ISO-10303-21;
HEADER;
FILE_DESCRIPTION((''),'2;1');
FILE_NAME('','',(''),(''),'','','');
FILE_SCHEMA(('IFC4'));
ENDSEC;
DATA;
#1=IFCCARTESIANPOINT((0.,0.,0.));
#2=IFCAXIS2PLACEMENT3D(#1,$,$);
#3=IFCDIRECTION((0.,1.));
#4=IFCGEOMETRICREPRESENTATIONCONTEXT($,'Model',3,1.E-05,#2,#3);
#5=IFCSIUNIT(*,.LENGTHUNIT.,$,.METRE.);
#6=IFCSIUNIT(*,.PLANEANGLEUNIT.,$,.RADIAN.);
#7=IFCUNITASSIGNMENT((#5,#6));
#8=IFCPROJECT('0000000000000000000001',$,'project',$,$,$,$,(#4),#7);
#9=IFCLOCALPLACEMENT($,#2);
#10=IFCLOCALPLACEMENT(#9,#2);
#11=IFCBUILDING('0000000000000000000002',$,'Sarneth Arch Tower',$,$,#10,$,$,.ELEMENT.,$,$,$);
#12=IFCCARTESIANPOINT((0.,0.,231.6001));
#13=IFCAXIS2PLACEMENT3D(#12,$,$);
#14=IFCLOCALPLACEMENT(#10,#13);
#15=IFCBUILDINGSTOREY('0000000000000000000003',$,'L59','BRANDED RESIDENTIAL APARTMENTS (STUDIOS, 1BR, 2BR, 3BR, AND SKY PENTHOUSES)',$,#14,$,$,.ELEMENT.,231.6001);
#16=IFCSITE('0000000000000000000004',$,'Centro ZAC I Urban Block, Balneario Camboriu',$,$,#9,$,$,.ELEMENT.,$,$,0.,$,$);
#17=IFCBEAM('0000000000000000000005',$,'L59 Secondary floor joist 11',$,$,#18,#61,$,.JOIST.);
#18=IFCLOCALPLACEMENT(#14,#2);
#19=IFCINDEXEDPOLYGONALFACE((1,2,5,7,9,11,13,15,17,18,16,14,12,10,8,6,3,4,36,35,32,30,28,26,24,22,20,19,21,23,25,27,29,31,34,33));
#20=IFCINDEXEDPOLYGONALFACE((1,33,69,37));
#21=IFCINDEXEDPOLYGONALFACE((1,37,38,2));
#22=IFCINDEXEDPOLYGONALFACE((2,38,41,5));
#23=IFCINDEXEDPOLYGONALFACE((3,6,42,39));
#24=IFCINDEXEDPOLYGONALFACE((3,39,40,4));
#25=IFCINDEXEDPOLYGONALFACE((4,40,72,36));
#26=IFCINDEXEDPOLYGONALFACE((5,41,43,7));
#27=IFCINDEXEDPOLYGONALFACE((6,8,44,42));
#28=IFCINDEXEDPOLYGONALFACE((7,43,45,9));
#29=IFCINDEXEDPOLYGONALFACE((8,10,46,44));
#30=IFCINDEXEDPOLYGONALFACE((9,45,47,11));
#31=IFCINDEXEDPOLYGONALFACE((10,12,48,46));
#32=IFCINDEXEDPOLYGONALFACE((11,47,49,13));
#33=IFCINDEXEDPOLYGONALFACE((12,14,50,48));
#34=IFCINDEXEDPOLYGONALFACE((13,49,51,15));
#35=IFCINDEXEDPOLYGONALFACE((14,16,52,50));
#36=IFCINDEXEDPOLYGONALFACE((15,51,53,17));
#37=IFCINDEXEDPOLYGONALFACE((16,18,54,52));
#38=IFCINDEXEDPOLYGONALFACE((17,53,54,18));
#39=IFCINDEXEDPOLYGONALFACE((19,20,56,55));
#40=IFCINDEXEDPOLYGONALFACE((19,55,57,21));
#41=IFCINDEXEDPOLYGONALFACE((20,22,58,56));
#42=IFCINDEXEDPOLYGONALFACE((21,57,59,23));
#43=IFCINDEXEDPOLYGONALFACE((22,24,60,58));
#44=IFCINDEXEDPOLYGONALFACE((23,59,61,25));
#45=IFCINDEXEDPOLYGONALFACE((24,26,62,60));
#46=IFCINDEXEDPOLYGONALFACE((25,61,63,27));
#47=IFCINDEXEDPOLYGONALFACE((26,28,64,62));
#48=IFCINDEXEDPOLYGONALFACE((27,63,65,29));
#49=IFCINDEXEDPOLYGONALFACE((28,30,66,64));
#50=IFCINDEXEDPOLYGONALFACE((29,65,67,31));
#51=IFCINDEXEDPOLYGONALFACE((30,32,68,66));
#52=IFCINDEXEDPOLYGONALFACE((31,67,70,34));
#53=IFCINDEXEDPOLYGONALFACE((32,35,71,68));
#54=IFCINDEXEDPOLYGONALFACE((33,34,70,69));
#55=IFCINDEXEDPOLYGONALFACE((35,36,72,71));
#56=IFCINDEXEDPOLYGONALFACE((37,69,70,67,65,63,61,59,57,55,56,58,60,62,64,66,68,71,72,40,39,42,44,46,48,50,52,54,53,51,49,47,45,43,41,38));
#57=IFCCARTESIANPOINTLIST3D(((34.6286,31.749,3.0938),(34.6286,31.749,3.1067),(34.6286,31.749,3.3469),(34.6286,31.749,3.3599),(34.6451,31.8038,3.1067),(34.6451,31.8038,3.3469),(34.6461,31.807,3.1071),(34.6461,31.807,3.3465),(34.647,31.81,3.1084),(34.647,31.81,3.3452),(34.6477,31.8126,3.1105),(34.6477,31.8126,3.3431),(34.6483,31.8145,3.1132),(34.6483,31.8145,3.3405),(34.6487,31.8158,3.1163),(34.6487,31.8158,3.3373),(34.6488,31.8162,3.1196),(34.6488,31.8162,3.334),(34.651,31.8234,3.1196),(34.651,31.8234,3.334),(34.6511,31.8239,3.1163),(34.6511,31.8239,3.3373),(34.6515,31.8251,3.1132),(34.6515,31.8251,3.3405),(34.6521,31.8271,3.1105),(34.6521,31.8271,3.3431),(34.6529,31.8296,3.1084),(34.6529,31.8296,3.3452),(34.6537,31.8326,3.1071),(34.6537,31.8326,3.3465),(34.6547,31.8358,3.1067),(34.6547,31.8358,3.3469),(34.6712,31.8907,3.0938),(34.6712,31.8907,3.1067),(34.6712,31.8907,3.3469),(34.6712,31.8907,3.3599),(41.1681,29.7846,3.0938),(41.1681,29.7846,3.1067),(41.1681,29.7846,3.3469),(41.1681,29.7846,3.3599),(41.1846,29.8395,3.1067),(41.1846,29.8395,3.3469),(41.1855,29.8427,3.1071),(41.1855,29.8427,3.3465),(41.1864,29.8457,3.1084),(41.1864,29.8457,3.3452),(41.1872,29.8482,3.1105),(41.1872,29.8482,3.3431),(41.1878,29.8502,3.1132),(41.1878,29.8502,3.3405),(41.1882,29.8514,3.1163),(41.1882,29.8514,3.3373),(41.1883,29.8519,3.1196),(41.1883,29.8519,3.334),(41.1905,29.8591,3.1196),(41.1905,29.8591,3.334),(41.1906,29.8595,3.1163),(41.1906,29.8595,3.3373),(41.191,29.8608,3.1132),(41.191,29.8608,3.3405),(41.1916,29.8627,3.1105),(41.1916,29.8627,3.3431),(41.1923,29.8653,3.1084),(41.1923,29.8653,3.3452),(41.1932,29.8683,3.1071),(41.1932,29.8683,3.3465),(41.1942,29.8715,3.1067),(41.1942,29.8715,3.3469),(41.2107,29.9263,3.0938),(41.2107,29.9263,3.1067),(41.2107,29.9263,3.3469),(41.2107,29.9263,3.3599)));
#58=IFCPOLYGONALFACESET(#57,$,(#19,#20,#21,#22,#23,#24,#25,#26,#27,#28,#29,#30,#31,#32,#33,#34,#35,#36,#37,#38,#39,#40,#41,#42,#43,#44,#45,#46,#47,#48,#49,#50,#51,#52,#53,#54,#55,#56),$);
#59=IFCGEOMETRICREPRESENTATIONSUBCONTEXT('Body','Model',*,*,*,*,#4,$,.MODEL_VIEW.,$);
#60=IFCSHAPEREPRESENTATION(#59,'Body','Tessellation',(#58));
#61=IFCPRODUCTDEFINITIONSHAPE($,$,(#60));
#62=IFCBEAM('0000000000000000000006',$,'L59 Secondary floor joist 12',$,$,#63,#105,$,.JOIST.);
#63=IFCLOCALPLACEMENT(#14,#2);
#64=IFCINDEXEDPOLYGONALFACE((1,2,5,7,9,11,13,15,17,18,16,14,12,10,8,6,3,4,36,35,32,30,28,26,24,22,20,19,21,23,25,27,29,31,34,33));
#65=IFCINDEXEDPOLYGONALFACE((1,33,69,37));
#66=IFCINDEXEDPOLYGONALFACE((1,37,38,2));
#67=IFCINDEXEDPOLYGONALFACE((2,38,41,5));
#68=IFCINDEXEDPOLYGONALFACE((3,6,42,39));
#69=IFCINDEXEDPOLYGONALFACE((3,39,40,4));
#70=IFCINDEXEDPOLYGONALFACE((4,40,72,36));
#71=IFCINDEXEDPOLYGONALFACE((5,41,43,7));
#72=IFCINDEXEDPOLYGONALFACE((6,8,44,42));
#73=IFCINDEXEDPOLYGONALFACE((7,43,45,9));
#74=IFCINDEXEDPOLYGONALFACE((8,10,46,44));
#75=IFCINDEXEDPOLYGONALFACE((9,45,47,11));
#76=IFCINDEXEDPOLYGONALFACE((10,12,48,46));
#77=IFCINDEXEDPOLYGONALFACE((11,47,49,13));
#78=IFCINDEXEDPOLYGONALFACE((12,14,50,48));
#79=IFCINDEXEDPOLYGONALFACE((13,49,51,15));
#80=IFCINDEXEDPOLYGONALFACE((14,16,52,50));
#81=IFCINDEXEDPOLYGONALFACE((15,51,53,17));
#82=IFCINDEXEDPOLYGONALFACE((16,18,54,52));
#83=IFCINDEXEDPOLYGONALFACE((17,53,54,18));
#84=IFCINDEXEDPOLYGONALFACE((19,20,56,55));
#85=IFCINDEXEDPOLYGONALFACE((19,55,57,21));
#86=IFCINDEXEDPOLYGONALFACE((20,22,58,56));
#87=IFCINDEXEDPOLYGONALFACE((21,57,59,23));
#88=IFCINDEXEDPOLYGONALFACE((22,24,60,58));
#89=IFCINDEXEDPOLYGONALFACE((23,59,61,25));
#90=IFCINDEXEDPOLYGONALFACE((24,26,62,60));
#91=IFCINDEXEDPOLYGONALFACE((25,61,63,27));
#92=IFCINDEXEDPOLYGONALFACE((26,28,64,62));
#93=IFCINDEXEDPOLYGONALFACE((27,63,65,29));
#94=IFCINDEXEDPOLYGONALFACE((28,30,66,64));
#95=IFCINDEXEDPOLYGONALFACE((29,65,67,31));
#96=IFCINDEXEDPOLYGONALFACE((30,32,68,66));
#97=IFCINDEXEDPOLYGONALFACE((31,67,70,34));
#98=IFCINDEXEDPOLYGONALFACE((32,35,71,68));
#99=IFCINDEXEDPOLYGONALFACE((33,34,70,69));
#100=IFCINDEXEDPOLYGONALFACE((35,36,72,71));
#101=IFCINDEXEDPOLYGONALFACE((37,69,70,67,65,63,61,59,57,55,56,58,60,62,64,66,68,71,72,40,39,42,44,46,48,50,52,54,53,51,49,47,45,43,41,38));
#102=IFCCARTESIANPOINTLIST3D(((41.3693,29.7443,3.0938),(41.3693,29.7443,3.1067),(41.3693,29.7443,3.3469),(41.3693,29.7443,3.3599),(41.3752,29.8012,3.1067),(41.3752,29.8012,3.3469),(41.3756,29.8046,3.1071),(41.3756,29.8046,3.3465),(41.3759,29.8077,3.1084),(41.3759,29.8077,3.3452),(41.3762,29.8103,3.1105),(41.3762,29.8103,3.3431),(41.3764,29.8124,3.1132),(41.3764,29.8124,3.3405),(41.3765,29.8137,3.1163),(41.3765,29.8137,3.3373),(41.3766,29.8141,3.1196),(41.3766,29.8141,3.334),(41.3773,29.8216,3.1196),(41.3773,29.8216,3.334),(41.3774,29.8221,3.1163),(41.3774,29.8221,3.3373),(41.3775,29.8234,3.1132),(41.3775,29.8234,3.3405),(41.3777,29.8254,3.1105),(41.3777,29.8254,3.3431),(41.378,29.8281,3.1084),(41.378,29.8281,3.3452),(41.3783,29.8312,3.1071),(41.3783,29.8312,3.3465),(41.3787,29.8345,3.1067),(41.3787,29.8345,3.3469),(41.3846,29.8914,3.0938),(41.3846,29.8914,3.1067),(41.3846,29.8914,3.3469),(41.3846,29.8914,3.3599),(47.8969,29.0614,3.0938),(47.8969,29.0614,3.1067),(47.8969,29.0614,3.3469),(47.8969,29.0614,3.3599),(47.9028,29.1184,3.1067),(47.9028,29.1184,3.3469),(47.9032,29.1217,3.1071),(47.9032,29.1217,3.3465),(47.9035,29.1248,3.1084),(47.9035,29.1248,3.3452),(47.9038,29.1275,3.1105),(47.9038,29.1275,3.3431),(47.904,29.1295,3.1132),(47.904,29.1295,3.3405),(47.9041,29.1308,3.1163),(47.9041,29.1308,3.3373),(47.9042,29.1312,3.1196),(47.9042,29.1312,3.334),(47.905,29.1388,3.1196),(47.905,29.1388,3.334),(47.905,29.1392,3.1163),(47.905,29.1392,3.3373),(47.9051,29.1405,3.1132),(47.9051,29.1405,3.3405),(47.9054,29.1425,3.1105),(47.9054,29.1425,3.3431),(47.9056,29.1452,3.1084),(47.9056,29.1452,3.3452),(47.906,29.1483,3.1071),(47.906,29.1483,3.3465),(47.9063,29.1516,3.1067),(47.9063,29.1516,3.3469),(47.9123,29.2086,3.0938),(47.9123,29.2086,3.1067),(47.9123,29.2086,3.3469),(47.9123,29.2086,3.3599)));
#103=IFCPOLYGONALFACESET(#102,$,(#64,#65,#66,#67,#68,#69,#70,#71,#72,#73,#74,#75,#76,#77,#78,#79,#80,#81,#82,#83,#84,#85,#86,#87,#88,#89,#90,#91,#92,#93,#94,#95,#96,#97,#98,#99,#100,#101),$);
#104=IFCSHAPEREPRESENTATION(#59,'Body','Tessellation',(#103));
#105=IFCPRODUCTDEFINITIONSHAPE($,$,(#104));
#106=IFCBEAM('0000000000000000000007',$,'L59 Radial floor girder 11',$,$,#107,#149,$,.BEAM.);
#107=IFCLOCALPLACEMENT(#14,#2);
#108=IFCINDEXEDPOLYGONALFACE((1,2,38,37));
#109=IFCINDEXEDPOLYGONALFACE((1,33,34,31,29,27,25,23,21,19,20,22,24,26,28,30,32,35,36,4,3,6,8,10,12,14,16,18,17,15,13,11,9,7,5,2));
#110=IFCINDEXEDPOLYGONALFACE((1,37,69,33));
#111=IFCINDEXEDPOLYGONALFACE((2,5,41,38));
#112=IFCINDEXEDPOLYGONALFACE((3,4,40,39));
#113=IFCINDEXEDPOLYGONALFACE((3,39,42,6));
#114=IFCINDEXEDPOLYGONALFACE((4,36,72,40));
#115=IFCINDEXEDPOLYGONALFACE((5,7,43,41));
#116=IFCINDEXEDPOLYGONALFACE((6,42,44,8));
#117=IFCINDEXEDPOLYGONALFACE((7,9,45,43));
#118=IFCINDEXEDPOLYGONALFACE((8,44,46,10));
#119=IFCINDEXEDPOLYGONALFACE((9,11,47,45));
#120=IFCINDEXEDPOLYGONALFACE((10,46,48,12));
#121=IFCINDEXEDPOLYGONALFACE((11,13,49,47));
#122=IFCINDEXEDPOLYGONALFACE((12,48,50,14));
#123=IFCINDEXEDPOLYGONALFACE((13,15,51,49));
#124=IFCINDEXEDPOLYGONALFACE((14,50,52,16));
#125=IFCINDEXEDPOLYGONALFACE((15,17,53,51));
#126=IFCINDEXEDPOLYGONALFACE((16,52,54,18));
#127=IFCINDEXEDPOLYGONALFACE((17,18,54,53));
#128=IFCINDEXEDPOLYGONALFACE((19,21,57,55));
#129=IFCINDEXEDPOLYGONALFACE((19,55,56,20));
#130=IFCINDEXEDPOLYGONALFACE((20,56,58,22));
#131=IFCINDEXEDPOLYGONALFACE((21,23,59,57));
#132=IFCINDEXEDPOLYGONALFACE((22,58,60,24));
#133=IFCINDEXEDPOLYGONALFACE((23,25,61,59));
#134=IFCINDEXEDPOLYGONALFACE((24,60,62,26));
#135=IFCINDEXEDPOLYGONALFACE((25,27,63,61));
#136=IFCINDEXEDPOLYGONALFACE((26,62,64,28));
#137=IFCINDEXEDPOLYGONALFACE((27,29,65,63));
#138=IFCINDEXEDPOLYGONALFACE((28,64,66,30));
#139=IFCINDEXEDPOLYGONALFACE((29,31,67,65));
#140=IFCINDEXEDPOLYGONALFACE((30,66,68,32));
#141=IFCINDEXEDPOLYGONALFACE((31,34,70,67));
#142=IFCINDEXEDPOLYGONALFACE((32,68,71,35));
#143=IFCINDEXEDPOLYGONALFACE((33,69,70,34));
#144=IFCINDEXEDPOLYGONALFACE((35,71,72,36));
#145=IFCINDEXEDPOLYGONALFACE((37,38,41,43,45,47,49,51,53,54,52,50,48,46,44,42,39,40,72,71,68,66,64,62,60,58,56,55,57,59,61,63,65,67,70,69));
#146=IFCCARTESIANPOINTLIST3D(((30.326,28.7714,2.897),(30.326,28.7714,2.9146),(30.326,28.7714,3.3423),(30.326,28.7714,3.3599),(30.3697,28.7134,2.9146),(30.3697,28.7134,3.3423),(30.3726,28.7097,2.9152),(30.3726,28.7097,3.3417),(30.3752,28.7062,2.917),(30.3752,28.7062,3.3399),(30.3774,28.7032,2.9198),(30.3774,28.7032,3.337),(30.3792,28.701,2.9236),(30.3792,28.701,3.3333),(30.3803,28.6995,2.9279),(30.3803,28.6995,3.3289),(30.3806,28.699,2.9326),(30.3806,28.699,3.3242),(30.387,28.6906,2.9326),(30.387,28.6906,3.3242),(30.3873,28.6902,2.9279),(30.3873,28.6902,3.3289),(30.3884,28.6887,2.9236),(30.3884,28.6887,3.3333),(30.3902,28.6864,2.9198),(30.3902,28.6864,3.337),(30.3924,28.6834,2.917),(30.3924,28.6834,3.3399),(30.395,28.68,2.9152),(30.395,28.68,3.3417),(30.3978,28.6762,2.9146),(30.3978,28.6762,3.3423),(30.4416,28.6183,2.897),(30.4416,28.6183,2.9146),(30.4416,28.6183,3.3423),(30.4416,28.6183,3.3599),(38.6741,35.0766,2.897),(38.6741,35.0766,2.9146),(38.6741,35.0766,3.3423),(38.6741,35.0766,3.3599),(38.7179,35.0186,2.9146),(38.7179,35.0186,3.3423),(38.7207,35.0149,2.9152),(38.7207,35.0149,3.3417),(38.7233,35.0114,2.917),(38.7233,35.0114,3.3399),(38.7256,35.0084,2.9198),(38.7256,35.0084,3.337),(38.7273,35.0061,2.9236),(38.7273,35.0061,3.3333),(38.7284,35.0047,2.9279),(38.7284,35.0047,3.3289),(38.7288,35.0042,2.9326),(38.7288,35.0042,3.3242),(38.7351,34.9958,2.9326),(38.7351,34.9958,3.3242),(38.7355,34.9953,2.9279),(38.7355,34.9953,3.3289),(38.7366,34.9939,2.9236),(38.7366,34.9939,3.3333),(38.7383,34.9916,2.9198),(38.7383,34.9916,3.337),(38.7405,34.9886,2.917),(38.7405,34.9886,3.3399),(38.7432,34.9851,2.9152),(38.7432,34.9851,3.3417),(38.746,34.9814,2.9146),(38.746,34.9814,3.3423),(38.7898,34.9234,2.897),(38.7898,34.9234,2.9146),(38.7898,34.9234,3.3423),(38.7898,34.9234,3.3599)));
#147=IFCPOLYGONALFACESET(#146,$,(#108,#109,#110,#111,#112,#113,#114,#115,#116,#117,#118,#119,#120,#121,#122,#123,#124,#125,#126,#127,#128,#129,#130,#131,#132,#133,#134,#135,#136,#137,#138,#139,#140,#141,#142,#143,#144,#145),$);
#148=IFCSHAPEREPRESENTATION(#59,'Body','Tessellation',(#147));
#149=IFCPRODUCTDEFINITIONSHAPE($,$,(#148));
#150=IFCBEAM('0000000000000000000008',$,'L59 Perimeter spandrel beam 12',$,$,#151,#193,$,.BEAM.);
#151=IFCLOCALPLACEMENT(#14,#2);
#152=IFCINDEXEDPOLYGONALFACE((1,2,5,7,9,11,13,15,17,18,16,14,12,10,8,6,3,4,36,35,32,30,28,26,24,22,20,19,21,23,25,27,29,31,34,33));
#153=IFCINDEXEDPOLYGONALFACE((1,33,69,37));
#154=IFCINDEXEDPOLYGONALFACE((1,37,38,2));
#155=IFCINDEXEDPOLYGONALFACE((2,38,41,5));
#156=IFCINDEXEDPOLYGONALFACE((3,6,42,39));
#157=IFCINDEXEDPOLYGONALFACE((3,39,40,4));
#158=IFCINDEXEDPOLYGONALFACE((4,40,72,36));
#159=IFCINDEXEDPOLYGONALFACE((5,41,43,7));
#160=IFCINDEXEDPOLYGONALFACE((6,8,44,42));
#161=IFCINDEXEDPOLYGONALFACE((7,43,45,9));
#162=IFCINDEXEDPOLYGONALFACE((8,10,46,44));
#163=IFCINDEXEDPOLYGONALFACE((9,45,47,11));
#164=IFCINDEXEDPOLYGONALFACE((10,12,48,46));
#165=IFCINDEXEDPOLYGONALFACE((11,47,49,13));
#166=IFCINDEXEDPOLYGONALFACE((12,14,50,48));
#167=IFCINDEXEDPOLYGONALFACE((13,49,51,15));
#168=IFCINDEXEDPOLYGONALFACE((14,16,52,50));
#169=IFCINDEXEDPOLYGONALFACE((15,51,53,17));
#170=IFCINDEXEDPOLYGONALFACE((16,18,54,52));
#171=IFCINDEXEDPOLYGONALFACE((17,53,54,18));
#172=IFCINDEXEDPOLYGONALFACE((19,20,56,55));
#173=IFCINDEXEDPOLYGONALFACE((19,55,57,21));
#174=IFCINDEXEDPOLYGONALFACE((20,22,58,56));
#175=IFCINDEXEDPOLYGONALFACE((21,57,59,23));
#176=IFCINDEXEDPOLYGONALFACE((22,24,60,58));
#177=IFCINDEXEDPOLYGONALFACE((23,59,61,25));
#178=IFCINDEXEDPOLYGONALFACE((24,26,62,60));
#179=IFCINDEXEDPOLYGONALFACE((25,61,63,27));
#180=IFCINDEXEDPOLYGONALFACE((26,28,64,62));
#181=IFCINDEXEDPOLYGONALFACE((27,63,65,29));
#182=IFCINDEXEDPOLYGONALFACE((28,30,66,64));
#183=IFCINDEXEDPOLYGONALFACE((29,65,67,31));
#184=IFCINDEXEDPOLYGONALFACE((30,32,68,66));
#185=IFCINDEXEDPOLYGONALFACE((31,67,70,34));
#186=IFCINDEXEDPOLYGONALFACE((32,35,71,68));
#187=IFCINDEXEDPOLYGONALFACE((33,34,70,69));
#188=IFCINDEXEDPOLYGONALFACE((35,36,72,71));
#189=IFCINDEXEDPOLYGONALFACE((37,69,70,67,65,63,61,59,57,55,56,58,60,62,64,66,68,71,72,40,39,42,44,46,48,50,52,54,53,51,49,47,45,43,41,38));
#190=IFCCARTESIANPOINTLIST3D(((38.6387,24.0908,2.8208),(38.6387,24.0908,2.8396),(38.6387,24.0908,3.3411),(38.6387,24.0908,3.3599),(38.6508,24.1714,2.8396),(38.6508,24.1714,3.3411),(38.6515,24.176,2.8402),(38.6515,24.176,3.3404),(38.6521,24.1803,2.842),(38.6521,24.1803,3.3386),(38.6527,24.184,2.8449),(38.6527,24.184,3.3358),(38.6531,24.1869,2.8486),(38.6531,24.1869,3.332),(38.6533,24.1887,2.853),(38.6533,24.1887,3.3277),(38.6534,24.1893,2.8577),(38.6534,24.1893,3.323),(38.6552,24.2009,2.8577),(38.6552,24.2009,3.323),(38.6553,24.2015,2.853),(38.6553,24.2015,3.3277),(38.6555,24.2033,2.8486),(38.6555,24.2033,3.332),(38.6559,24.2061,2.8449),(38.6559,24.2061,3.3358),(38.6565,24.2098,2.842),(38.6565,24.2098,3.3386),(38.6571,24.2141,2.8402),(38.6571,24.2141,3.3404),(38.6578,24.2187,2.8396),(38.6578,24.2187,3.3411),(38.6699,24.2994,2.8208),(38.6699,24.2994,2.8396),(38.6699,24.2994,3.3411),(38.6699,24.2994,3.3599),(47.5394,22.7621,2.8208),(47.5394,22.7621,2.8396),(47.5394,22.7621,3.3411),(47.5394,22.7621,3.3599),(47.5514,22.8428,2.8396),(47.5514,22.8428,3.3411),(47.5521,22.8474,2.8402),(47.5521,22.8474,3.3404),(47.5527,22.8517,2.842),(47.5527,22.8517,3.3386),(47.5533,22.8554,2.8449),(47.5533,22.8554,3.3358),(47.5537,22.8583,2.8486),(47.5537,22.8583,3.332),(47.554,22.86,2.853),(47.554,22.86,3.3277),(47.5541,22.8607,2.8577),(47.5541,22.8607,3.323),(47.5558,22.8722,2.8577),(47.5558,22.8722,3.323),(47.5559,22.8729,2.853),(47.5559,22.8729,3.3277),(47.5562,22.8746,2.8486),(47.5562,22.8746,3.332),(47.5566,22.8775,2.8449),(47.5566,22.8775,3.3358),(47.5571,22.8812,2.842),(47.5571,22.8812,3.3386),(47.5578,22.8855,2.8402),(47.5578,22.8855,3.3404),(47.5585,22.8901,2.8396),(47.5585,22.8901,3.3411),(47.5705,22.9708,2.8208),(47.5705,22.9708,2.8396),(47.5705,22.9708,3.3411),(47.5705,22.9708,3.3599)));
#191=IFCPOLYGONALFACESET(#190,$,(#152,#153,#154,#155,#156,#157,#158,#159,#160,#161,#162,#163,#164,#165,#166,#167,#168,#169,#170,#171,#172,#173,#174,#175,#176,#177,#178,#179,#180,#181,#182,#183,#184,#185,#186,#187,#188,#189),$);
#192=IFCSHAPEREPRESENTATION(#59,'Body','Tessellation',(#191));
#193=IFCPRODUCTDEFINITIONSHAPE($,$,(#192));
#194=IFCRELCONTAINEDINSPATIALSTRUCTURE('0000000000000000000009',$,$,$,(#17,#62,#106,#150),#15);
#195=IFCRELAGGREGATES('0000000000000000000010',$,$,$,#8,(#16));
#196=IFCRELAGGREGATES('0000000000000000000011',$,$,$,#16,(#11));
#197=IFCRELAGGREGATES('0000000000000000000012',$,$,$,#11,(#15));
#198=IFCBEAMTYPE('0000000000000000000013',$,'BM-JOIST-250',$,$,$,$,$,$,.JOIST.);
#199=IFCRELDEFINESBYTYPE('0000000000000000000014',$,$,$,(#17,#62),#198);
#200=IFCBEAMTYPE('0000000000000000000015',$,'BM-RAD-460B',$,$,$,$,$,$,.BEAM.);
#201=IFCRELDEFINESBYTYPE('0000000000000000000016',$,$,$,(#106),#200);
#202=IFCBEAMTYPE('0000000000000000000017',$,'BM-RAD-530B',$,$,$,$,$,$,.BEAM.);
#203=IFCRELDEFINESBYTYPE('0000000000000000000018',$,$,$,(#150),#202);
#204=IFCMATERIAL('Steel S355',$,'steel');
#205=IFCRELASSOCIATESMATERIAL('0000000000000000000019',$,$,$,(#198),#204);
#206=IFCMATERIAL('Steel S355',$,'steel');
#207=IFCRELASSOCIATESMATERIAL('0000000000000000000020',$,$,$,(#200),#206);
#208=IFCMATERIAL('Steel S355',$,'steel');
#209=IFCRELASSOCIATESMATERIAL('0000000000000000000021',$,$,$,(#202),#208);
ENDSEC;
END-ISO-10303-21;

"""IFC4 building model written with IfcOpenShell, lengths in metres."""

from ifc_helpers import new_model, si_unit, direction, frame, origin, origin_2d, place, context, subcontext, project, spatial, i_section, extrude, material, material_profile, profile_set, type_object, element, save


model = new_model("IFC4")

# Units and contexts
model_context = context("Model", 3, precision=1e-05, world=origin(), true_north=direction((0.0, 1.0)))
body_context = subcontext(model_context, "Body", "Model", "MODEL_VIEW")
ifc_project = project(units=[si_unit("LENGTHUNIT", "METRE"), si_unit("PLANEANGLEUNIT", "RADIAN")], contexts=[model_context])

# Site, building, storey
site_placement = place(None, origin())
site = spatial("IfcSite", under=ifc_project, at=site_placement, Name="Centro ZAC I Urban Block, Balneario Camboriu", CompositionType="ELEMENT", RefElevation=0.0)
building_placement = place(site_placement, origin())
building = spatial("IfcBuilding", under=site, at=building_placement, Name="Sarneth Arch Tower", CompositionType="ELEMENT")
storey_placement = place(building_placement, frame((0.0, 0.0, 231.6001)))
storey = spatial("IfcBuildingStorey", under=building, at=storey_placement, Name="L59", Description="BRANDED RESIDENTIAL APARTMENTS (STUDIOS, 1BR, 2BR, 3BR, AND SKY PENTHOUSES)", CompositionType="ELEMENT", Elevation=231.6001)

# Beams
ifc_material_1 = material(Name="Steel S355", Category="steel")
ifc_material_profile_1 = material_profile(ifc_material_1, i_section(OverallWidth=0.1479, OverallDepth=0.2661, WebThickness=0.0076, FlangeThickness=0.0129, FilletRadius=0.0129, at=origin_2d()), Name="W250x44.8")
ifc_profile_set_1 = profile_set([ifc_material_profile_1], Name="Steel S355")
beam_type_1 = type_object("IfcBeamType", Name="BM-JOIST-250", PredefinedType="JOIST", material=ifc_profile_set_1)
beam_1_placement = place(storey_placement, frame((34.6499, 31.8198, 3.2268), z_axis=(0.957726, -0.287682, 0.0), x_axis=(0.287682, 0.957726, 0.0)))
element("IfcBeam", 1, at=beam_1_placement, inside=storey, type_object=beam_type_1, Name="L59 Secondary floor joist 11", PredefinedType="JOIST", context=body_context, shape_type="SweptSolid", body=[
    extrude(i_section(OverallWidth=0.1479, OverallDepth=0.2661, WebThickness=0.0076, FlangeThickness=0.0129, FilletRadius=0.0129, at=origin_2d()), origin(), (0.0, 0.0, 1.0), 6.8281),
])
beam_2_placement = place(storey_placement, frame((41.377, 29.8179, 3.2268), z_axis=(0.994573, -0.104044, 0.0), x_axis=(0.104044, 0.994573, 0.0)))
element("IfcBeam", 2, at=beam_2_placement, inside=storey, type_object=beam_type_1, Name="L59 Secondary floor joist 12", PredefinedType="JOIST", context=body_context, shape_type="SweptSolid", body=[
    extrude(i_section(OverallWidth=0.1479, OverallDepth=0.2661, WebThickness=0.0076, FlangeThickness=0.0129, FilletRadius=0.0129, at=origin_2d()), origin(), (0.0, 0.0, 1.0), 6.5632),
])
ifc_material_2 = material(Name="Steel S355", Category="steel")
ifc_material_profile_2 = material_profile(ifc_material_2, i_section(OverallWidth=0.1919, OverallDepth=0.4629, WebThickness=0.0105, FlangeThickness=0.0176, FilletRadius=0.0181, at=origin_2d()), Name="W460x89")
ifc_profile_set_2 = profile_set([ifc_material_profile_2], Name="Steel S355")
beam_type_2 = type_object("IfcBeamType", Name="BM-RAD-460B", PredefinedType="BEAM", material=ifc_profile_set_2)
beam_3_placement = place(storey_placement, frame((38.7319, 35.0, 3.1284), z_axis=(-0.797974, -0.602692, 0.0), x_axis=(0.602692, -0.797974, 0.0)))
element("IfcBeam", 3, at=beam_3_placement, inside=storey, type_object=beam_type_2, Name="L59 Radial floor girder 11", PredefinedType="BEAM", context=body_context, shape_type="SweptSolid", body=[
    extrude(i_section(OverallWidth=0.1919, OverallDepth=0.4629, WebThickness=0.0105, FlangeThickness=0.0176, FilletRadius=0.0181, at=origin_2d()), origin(), (0.0, 0.0, 1.0), 10.4617),
])
ifc_material_3 = material(Name="Steel S355", Category="steel")
ifc_material_profile_3 = material_profile(ifc_material_3, i_section(OverallWidth=0.2109, OverallDepth=0.5391, WebThickness=0.0117, FlangeThickness=0.0188, FilletRadius=0.0181, at=origin_2d()), Name="W530x109")
ifc_profile_set_3 = profile_set([ifc_material_profile_3], Name="Steel S355")
beam_type_3 = type_object("IfcBeamType", Name="BM-RAD-530B", PredefinedType="BEAM", material=ifc_profile_set_3)
beam_4_placement = place(storey_placement, frame((38.6543, 24.1951, 3.0903), z_axis=(0.989042, -0.147636, 0.0), x_axis=(0.147636, 0.989042, 0.0)))
element("IfcBeam", 4, at=beam_4_placement, inside=storey, type_object=beam_type_3, Name="L59 Perimeter spandrel beam 12", PredefinedType="BEAM", context=body_context, shape_type="SweptSolid", body=[
    extrude(i_section(OverallWidth=0.2109, OverallDepth=0.5391, WebThickness=0.0117, FlangeThickness=0.0188, FilletRadius=0.0181, at=origin_2d()), origin(), (0.0, 0.0, 1.0), 8.9993),
])

save(model, "model.ifc")
